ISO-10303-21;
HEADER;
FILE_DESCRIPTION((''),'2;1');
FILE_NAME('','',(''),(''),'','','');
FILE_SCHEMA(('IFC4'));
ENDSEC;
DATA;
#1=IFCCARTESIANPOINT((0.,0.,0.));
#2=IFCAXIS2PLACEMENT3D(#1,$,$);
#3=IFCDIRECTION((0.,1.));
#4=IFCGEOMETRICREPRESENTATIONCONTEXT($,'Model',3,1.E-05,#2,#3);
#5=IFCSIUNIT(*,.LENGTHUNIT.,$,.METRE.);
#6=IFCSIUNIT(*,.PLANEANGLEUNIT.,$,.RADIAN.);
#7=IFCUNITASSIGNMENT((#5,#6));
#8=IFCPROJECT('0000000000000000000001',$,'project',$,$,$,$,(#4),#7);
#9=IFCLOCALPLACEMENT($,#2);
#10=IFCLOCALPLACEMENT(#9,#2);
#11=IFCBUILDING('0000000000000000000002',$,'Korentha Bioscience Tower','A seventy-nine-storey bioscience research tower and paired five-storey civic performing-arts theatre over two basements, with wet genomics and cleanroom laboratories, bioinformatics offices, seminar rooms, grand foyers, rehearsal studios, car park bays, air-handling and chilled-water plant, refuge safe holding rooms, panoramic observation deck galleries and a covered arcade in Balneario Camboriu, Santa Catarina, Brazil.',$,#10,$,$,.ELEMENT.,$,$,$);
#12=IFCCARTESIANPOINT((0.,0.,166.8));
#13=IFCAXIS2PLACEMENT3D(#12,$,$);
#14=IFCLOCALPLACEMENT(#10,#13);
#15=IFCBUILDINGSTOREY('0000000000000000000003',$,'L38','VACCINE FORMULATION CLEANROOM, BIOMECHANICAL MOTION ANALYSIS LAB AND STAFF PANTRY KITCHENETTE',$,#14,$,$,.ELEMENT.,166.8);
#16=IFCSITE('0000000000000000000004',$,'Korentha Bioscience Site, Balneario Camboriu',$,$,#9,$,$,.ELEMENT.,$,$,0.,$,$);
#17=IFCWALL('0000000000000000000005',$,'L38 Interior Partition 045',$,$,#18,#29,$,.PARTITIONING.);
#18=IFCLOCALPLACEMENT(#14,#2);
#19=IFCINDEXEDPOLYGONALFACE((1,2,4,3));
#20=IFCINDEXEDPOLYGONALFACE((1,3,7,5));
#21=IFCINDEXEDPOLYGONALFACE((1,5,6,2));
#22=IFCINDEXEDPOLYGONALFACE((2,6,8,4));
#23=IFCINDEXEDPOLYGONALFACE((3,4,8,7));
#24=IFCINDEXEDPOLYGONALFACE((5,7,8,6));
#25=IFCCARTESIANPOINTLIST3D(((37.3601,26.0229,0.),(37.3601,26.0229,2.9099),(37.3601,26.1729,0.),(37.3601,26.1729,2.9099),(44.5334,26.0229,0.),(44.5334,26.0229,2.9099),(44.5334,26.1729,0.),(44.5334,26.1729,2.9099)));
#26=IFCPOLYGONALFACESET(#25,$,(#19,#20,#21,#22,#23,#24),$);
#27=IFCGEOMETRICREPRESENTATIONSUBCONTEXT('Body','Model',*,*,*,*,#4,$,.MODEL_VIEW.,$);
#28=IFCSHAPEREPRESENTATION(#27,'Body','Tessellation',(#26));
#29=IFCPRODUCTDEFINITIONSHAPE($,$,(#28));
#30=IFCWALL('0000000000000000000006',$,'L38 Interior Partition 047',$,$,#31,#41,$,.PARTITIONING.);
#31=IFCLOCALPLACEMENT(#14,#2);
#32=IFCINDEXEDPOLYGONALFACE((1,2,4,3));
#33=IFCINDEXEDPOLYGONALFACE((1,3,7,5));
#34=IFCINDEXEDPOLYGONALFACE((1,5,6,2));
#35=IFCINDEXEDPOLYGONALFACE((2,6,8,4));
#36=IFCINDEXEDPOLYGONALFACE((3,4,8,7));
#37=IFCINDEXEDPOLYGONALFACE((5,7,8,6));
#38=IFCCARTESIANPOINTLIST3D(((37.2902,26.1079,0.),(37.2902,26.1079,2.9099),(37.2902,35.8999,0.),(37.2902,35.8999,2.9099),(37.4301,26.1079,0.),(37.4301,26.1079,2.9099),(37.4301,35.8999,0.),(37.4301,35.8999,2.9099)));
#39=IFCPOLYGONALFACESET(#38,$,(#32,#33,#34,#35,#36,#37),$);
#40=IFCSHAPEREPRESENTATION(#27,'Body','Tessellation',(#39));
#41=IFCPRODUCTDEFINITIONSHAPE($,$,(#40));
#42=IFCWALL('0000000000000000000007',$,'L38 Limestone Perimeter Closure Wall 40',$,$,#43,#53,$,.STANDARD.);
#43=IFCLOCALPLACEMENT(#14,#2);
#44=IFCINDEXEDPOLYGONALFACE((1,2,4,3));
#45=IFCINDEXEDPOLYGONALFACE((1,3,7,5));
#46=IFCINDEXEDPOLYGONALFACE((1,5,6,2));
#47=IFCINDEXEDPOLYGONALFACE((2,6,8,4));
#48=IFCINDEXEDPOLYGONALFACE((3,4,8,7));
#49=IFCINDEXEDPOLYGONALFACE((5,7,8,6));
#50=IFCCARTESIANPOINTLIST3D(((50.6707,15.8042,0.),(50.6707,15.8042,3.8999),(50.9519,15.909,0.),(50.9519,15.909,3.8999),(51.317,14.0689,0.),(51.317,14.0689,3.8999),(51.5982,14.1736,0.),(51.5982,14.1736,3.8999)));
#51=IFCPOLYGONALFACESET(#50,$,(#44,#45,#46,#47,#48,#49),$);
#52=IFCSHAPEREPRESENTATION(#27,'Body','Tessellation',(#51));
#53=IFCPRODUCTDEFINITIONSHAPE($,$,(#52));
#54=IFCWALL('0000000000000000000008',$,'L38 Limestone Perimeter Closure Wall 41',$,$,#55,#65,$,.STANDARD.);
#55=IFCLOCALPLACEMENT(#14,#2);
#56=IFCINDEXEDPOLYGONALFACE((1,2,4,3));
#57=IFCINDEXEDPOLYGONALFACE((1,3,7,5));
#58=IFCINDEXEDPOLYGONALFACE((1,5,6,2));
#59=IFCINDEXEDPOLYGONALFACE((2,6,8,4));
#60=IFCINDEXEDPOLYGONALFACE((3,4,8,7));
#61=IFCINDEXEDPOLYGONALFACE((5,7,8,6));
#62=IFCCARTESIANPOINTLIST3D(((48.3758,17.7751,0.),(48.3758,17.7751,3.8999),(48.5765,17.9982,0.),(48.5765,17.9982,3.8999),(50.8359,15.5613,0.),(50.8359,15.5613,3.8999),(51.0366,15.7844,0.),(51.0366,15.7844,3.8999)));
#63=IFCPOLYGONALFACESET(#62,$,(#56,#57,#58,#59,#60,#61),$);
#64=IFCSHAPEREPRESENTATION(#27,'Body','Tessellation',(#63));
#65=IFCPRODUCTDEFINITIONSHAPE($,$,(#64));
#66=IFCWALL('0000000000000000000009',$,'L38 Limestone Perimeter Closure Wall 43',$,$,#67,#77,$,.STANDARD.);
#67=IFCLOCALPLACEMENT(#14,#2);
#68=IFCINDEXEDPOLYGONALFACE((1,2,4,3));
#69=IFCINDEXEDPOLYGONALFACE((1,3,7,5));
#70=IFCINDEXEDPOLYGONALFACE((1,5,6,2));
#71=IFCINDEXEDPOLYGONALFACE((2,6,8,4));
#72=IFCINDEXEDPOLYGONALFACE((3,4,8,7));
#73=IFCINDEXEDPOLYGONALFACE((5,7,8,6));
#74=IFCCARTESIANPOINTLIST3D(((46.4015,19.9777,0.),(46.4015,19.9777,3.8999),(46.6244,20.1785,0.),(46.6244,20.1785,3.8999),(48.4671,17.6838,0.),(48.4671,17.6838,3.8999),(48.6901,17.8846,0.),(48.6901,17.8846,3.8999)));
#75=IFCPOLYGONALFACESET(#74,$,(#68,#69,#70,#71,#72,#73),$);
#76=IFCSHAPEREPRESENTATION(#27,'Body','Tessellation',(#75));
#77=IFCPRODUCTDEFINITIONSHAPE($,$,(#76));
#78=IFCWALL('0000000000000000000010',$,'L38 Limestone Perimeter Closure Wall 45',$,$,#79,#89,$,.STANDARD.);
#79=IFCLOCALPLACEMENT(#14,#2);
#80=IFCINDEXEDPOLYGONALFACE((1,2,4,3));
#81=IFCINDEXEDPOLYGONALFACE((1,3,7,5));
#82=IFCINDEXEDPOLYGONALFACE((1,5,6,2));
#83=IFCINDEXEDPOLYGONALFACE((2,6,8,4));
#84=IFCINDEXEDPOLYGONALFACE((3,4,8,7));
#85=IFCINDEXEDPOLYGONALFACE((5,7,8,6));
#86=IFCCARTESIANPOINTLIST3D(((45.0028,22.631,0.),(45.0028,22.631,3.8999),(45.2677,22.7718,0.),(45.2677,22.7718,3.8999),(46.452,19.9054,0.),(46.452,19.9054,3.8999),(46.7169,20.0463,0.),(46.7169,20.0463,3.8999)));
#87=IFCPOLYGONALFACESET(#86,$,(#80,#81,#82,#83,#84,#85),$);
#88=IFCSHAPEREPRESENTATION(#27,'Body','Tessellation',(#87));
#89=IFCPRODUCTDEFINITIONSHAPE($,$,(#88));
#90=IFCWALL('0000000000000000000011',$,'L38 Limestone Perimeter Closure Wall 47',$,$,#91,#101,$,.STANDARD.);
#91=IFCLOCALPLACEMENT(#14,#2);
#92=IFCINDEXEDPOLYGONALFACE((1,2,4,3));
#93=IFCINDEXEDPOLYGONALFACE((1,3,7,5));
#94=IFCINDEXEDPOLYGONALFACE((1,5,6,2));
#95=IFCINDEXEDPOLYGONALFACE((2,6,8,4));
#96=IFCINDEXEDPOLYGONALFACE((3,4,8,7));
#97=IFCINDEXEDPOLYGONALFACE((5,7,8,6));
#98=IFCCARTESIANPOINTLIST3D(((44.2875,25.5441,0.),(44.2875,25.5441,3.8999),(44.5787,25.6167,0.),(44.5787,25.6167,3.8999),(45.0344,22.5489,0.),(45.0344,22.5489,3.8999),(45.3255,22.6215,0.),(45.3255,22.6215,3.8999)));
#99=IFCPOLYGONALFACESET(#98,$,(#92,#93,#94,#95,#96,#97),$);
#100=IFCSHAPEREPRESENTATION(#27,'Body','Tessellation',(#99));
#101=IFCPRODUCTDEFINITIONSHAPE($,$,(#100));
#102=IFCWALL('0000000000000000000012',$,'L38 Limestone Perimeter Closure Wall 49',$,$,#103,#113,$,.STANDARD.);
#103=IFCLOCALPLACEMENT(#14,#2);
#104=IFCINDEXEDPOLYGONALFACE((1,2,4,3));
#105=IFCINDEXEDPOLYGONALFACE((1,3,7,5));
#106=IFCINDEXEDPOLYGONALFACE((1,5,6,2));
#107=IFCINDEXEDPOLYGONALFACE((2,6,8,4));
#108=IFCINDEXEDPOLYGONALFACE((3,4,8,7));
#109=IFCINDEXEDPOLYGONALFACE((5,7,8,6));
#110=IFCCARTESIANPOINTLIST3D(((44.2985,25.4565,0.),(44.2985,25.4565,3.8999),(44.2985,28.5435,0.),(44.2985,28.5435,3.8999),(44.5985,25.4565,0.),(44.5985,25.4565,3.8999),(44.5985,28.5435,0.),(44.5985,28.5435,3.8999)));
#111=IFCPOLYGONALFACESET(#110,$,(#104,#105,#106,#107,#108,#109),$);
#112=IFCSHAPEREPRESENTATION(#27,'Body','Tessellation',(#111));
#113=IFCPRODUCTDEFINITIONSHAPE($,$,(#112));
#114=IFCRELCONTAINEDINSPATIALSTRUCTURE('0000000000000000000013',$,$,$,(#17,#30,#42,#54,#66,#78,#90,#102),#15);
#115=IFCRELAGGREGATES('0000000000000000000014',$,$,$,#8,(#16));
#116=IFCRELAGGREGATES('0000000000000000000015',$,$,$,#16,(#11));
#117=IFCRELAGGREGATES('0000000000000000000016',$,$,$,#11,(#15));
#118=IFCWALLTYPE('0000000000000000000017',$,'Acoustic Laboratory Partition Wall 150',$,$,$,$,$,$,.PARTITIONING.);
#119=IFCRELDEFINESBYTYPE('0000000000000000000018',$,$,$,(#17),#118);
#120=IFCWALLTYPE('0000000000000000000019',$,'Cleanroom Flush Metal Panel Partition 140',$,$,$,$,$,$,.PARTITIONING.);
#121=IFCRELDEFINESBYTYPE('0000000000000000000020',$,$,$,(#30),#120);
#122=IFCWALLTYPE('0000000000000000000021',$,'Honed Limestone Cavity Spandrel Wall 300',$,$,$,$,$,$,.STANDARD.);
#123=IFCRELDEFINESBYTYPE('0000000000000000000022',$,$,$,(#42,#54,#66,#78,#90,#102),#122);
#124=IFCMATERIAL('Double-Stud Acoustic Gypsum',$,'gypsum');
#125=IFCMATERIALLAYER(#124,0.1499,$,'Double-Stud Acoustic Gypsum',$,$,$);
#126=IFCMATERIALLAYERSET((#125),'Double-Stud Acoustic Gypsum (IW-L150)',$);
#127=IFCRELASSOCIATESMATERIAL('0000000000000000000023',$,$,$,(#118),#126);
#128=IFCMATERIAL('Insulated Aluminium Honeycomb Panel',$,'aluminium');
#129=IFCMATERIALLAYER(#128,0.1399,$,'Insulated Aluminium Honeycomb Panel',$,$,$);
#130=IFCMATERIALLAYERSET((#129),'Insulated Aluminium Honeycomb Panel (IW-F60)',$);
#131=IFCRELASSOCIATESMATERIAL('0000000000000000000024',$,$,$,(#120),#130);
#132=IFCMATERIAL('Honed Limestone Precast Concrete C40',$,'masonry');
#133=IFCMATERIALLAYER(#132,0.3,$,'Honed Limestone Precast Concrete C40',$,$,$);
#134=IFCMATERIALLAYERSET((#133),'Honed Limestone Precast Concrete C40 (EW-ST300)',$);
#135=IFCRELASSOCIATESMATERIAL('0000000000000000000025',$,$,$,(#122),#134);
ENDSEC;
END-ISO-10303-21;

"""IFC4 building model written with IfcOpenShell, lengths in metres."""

from ifc_helpers import new_model, si_unit, direction, frame, frame_2d, origin, place, context, subcontext, project, spatial, rectangle, extrude, material, layer, layer_set, type_object, element, save


model = new_model("IFC4")

# Units and contexts
model_context = context("Model", 3, precision=1e-05, world=origin(), true_north=direction((0.0, 1.0)))
body_context = subcontext(model_context, "Body", "Model", "MODEL_VIEW")
ifc_project = project(units=[si_unit("LENGTHUNIT", "METRE"), si_unit("PLANEANGLEUNIT", "RADIAN")], contexts=[model_context])

# Site, building, storey
site_placement = place(None, origin())
site = spatial("IfcSite", under=ifc_project, at=site_placement, Name="Korentha Bioscience Site, Balneario Camboriu", CompositionType="ELEMENT", RefElevation=0.0)
building_placement = place(site_placement, origin())
building = spatial("IfcBuilding", under=site, at=building_placement, Name="Korentha Bioscience Tower", Description="A seventy-nine-storey bioscience research tower and paired five-storey civic performing-arts theatre over two basements, with wet genomics and cleanroom laboratories, bioinformatics offices, seminar rooms, grand foyers, rehearsal studios, car park bays, air-handling and chilled-water plant, refuge safe holding rooms, panoramic observation deck galleries and a covered arcade in Balneario Camboriu, Santa Catarina, Brazil.", CompositionType="ELEMENT")
storey_placement = place(building_placement, frame((0.0, 0.0, 166.8)))
storey = spatial("IfcBuildingStorey", under=building, at=storey_placement, Name="L38", Description="VACCINE FORMULATION CLEANROOM, BIOMECHANICAL MOTION ANALYSIS LAB AND STAFF PANTRY KITCHENETTE", CompositionType="ELEMENT", Elevation=166.8)

# Shared definitions
ifc_material_1 = material(Name="Double-Stud Acoustic Gypsum", Category="gypsum")
ifc_layer_1 = layer(ifc_material_1, 0.1499, Name="Double-Stud Acoustic Gypsum")
ifc_layer_set_1 = layer_set([ifc_layer_1], Name="Double-Stud Acoustic Gypsum (IW-L150)")
wall_type_1 = type_object("IfcWallType", Name="Acoustic Laboratory Partition Wall 150", PredefinedType="PARTITIONING", material=ifc_layer_set_1)

# Walls
wall_1_placement = place(storey_placement, frame((37.3601, 26.0979, 0.0), z_axis=(0.0, 0.0, 1.0), x_axis=(1.0, 0.0, 0.0)))
element("IfcWall", 1, at=wall_1_placement, inside=storey, type_object=wall_type_1, Name="L38 Interior Partition 045", PredefinedType="PARTITIONING", context=body_context, shape_type="SweptSolid", body=[
    extrude(rectangle(XDim=7.1733, YDim=0.1499, at=frame_2d((3.5867, 0.0))), origin(), (0.0, 0.0, 1.0), 2.9099),
])
ifc_material_2 = material(Name="Insulated Aluminium Honeycomb Panel", Category="aluminium")
ifc_layer_2 = layer(ifc_material_2, 0.1399, Name="Insulated Aluminium Honeycomb Panel")
ifc_layer_set_2 = layer_set([ifc_layer_2], Name="Insulated Aluminium Honeycomb Panel (IW-F60)")
wall_type_2 = type_object("IfcWallType", Name="Cleanroom Flush Metal Panel Partition 140", PredefinedType="PARTITIONING", material=ifc_layer_set_2)
wall_2_placement = place(storey_placement, frame((37.3601, 26.1079, 0.0), z_axis=(0.0, 0.0, 1.0), x_axis=(0.0, 1.0, 0.0)))
element("IfcWall", 2, at=wall_2_placement, inside=storey, type_object=wall_type_2, Name="L38 Interior Partition 047", PredefinedType="PARTITIONING", context=body_context, shape_type="SweptSolid", body=[
    extrude(rectangle(XDim=9.792, YDim=0.1399, at=frame_2d((4.896, 0.0))), origin(), (0.0, 0.0, 1.0), 2.9099),
])
ifc_material_3 = material(Name="Honed Limestone Precast Concrete C40", Category="masonry")
ifc_layer_3 = layer(ifc_material_3, 0.3, Name="Honed Limestone Precast Concrete C40")
ifc_layer_set_3 = layer_set([ifc_layer_3], Name="Honed Limestone Precast Concrete C40 (EW-ST300)")
wall_type_3 = type_object("IfcWallType", Name="Honed Limestone Cavity Spandrel Wall 300", PredefinedType="STANDARD", material=ifc_layer_set_3)
wall_3_placement = place(storey_placement, frame((51.4575, 14.1213, 0.0), z_axis=(0.0, 0.0, 1.0), x_axis=(-0.348984, 0.937129, 0.0)))
element("IfcWall", 3, at=wall_3_placement, inside=storey, type_object=wall_type_3, Name="L38 Limestone Perimeter Closure Wall 40", PredefinedType="STANDARD", context=body_context, shape_type="SweptSolid", body=[
    extrude(rectangle(XDim=1.8518, YDim=0.3, at=frame_2d((0.9258, 0.0))), origin(), (0.0, 0.0, 1.0), 3.8999),
])
wall_4_placement = place(storey_placement, frame((50.9363, 15.6729, 0.0), z_axis=(0.0, 0.0, 1.0), x_axis=(-0.743342, 0.668912, 0.0)))
element("IfcWall", 4, at=wall_4_placement, inside=storey, type_object=wall_type_3, Name="L38 Limestone Perimeter Closure Wall 41", PredefinedType="STANDARD", context=body_context, shape_type="SweptSolid", body=[
    extrude(rectangle(XDim=3.3096, YDim=0.3, at=frame_2d((1.6548, 0.0))), origin(), (0.0, 0.0, 1.0), 3.8999),
])
for number, where, z_axis, x_axis, name in (
    (5, (48.5786, 17.7842, 0.0), (0.0, 0.0, 1.0), (-0.669166, 0.743113, 0.0), "L38 Limestone Perimeter Closure Wall 43"),
    (6, (46.5845, 19.9758, 0.0), (0.0, 0.0, 1.0), (-0.469471, 0.882948, 0.0), "L38 Limestone Perimeter Closure Wall 45"),
    (7, (45.1799, 22.5852, 0.0), (0.0, 0.0, 1.0), (-0.24194, 0.970291, 0.0), "L38 Limestone Perimeter Closure Wall 47"),
    (8, (44.4485, 25.4565, 0.0), (0.0, 0.0, 1.0), (0.0, 1.0, 0.0), "L38 Limestone Perimeter Closure Wall 49"),
):
    element("IfcWall", number, at=place(storey_placement, frame(where, z_axis=z_axis, x_axis=x_axis)), inside=storey, type_object=wall_type_3, Name=name, PredefinedType="STANDARD", context=body_context, shape_type="SweptSolid", body=[
        extrude(rectangle(XDim=3.0869, YDim=0.3, at=frame_2d((1.5435, 0.0))), origin(), (0.0, 0.0, 1.0), 3.8999),
    ])

save(model, "model.ifc")
